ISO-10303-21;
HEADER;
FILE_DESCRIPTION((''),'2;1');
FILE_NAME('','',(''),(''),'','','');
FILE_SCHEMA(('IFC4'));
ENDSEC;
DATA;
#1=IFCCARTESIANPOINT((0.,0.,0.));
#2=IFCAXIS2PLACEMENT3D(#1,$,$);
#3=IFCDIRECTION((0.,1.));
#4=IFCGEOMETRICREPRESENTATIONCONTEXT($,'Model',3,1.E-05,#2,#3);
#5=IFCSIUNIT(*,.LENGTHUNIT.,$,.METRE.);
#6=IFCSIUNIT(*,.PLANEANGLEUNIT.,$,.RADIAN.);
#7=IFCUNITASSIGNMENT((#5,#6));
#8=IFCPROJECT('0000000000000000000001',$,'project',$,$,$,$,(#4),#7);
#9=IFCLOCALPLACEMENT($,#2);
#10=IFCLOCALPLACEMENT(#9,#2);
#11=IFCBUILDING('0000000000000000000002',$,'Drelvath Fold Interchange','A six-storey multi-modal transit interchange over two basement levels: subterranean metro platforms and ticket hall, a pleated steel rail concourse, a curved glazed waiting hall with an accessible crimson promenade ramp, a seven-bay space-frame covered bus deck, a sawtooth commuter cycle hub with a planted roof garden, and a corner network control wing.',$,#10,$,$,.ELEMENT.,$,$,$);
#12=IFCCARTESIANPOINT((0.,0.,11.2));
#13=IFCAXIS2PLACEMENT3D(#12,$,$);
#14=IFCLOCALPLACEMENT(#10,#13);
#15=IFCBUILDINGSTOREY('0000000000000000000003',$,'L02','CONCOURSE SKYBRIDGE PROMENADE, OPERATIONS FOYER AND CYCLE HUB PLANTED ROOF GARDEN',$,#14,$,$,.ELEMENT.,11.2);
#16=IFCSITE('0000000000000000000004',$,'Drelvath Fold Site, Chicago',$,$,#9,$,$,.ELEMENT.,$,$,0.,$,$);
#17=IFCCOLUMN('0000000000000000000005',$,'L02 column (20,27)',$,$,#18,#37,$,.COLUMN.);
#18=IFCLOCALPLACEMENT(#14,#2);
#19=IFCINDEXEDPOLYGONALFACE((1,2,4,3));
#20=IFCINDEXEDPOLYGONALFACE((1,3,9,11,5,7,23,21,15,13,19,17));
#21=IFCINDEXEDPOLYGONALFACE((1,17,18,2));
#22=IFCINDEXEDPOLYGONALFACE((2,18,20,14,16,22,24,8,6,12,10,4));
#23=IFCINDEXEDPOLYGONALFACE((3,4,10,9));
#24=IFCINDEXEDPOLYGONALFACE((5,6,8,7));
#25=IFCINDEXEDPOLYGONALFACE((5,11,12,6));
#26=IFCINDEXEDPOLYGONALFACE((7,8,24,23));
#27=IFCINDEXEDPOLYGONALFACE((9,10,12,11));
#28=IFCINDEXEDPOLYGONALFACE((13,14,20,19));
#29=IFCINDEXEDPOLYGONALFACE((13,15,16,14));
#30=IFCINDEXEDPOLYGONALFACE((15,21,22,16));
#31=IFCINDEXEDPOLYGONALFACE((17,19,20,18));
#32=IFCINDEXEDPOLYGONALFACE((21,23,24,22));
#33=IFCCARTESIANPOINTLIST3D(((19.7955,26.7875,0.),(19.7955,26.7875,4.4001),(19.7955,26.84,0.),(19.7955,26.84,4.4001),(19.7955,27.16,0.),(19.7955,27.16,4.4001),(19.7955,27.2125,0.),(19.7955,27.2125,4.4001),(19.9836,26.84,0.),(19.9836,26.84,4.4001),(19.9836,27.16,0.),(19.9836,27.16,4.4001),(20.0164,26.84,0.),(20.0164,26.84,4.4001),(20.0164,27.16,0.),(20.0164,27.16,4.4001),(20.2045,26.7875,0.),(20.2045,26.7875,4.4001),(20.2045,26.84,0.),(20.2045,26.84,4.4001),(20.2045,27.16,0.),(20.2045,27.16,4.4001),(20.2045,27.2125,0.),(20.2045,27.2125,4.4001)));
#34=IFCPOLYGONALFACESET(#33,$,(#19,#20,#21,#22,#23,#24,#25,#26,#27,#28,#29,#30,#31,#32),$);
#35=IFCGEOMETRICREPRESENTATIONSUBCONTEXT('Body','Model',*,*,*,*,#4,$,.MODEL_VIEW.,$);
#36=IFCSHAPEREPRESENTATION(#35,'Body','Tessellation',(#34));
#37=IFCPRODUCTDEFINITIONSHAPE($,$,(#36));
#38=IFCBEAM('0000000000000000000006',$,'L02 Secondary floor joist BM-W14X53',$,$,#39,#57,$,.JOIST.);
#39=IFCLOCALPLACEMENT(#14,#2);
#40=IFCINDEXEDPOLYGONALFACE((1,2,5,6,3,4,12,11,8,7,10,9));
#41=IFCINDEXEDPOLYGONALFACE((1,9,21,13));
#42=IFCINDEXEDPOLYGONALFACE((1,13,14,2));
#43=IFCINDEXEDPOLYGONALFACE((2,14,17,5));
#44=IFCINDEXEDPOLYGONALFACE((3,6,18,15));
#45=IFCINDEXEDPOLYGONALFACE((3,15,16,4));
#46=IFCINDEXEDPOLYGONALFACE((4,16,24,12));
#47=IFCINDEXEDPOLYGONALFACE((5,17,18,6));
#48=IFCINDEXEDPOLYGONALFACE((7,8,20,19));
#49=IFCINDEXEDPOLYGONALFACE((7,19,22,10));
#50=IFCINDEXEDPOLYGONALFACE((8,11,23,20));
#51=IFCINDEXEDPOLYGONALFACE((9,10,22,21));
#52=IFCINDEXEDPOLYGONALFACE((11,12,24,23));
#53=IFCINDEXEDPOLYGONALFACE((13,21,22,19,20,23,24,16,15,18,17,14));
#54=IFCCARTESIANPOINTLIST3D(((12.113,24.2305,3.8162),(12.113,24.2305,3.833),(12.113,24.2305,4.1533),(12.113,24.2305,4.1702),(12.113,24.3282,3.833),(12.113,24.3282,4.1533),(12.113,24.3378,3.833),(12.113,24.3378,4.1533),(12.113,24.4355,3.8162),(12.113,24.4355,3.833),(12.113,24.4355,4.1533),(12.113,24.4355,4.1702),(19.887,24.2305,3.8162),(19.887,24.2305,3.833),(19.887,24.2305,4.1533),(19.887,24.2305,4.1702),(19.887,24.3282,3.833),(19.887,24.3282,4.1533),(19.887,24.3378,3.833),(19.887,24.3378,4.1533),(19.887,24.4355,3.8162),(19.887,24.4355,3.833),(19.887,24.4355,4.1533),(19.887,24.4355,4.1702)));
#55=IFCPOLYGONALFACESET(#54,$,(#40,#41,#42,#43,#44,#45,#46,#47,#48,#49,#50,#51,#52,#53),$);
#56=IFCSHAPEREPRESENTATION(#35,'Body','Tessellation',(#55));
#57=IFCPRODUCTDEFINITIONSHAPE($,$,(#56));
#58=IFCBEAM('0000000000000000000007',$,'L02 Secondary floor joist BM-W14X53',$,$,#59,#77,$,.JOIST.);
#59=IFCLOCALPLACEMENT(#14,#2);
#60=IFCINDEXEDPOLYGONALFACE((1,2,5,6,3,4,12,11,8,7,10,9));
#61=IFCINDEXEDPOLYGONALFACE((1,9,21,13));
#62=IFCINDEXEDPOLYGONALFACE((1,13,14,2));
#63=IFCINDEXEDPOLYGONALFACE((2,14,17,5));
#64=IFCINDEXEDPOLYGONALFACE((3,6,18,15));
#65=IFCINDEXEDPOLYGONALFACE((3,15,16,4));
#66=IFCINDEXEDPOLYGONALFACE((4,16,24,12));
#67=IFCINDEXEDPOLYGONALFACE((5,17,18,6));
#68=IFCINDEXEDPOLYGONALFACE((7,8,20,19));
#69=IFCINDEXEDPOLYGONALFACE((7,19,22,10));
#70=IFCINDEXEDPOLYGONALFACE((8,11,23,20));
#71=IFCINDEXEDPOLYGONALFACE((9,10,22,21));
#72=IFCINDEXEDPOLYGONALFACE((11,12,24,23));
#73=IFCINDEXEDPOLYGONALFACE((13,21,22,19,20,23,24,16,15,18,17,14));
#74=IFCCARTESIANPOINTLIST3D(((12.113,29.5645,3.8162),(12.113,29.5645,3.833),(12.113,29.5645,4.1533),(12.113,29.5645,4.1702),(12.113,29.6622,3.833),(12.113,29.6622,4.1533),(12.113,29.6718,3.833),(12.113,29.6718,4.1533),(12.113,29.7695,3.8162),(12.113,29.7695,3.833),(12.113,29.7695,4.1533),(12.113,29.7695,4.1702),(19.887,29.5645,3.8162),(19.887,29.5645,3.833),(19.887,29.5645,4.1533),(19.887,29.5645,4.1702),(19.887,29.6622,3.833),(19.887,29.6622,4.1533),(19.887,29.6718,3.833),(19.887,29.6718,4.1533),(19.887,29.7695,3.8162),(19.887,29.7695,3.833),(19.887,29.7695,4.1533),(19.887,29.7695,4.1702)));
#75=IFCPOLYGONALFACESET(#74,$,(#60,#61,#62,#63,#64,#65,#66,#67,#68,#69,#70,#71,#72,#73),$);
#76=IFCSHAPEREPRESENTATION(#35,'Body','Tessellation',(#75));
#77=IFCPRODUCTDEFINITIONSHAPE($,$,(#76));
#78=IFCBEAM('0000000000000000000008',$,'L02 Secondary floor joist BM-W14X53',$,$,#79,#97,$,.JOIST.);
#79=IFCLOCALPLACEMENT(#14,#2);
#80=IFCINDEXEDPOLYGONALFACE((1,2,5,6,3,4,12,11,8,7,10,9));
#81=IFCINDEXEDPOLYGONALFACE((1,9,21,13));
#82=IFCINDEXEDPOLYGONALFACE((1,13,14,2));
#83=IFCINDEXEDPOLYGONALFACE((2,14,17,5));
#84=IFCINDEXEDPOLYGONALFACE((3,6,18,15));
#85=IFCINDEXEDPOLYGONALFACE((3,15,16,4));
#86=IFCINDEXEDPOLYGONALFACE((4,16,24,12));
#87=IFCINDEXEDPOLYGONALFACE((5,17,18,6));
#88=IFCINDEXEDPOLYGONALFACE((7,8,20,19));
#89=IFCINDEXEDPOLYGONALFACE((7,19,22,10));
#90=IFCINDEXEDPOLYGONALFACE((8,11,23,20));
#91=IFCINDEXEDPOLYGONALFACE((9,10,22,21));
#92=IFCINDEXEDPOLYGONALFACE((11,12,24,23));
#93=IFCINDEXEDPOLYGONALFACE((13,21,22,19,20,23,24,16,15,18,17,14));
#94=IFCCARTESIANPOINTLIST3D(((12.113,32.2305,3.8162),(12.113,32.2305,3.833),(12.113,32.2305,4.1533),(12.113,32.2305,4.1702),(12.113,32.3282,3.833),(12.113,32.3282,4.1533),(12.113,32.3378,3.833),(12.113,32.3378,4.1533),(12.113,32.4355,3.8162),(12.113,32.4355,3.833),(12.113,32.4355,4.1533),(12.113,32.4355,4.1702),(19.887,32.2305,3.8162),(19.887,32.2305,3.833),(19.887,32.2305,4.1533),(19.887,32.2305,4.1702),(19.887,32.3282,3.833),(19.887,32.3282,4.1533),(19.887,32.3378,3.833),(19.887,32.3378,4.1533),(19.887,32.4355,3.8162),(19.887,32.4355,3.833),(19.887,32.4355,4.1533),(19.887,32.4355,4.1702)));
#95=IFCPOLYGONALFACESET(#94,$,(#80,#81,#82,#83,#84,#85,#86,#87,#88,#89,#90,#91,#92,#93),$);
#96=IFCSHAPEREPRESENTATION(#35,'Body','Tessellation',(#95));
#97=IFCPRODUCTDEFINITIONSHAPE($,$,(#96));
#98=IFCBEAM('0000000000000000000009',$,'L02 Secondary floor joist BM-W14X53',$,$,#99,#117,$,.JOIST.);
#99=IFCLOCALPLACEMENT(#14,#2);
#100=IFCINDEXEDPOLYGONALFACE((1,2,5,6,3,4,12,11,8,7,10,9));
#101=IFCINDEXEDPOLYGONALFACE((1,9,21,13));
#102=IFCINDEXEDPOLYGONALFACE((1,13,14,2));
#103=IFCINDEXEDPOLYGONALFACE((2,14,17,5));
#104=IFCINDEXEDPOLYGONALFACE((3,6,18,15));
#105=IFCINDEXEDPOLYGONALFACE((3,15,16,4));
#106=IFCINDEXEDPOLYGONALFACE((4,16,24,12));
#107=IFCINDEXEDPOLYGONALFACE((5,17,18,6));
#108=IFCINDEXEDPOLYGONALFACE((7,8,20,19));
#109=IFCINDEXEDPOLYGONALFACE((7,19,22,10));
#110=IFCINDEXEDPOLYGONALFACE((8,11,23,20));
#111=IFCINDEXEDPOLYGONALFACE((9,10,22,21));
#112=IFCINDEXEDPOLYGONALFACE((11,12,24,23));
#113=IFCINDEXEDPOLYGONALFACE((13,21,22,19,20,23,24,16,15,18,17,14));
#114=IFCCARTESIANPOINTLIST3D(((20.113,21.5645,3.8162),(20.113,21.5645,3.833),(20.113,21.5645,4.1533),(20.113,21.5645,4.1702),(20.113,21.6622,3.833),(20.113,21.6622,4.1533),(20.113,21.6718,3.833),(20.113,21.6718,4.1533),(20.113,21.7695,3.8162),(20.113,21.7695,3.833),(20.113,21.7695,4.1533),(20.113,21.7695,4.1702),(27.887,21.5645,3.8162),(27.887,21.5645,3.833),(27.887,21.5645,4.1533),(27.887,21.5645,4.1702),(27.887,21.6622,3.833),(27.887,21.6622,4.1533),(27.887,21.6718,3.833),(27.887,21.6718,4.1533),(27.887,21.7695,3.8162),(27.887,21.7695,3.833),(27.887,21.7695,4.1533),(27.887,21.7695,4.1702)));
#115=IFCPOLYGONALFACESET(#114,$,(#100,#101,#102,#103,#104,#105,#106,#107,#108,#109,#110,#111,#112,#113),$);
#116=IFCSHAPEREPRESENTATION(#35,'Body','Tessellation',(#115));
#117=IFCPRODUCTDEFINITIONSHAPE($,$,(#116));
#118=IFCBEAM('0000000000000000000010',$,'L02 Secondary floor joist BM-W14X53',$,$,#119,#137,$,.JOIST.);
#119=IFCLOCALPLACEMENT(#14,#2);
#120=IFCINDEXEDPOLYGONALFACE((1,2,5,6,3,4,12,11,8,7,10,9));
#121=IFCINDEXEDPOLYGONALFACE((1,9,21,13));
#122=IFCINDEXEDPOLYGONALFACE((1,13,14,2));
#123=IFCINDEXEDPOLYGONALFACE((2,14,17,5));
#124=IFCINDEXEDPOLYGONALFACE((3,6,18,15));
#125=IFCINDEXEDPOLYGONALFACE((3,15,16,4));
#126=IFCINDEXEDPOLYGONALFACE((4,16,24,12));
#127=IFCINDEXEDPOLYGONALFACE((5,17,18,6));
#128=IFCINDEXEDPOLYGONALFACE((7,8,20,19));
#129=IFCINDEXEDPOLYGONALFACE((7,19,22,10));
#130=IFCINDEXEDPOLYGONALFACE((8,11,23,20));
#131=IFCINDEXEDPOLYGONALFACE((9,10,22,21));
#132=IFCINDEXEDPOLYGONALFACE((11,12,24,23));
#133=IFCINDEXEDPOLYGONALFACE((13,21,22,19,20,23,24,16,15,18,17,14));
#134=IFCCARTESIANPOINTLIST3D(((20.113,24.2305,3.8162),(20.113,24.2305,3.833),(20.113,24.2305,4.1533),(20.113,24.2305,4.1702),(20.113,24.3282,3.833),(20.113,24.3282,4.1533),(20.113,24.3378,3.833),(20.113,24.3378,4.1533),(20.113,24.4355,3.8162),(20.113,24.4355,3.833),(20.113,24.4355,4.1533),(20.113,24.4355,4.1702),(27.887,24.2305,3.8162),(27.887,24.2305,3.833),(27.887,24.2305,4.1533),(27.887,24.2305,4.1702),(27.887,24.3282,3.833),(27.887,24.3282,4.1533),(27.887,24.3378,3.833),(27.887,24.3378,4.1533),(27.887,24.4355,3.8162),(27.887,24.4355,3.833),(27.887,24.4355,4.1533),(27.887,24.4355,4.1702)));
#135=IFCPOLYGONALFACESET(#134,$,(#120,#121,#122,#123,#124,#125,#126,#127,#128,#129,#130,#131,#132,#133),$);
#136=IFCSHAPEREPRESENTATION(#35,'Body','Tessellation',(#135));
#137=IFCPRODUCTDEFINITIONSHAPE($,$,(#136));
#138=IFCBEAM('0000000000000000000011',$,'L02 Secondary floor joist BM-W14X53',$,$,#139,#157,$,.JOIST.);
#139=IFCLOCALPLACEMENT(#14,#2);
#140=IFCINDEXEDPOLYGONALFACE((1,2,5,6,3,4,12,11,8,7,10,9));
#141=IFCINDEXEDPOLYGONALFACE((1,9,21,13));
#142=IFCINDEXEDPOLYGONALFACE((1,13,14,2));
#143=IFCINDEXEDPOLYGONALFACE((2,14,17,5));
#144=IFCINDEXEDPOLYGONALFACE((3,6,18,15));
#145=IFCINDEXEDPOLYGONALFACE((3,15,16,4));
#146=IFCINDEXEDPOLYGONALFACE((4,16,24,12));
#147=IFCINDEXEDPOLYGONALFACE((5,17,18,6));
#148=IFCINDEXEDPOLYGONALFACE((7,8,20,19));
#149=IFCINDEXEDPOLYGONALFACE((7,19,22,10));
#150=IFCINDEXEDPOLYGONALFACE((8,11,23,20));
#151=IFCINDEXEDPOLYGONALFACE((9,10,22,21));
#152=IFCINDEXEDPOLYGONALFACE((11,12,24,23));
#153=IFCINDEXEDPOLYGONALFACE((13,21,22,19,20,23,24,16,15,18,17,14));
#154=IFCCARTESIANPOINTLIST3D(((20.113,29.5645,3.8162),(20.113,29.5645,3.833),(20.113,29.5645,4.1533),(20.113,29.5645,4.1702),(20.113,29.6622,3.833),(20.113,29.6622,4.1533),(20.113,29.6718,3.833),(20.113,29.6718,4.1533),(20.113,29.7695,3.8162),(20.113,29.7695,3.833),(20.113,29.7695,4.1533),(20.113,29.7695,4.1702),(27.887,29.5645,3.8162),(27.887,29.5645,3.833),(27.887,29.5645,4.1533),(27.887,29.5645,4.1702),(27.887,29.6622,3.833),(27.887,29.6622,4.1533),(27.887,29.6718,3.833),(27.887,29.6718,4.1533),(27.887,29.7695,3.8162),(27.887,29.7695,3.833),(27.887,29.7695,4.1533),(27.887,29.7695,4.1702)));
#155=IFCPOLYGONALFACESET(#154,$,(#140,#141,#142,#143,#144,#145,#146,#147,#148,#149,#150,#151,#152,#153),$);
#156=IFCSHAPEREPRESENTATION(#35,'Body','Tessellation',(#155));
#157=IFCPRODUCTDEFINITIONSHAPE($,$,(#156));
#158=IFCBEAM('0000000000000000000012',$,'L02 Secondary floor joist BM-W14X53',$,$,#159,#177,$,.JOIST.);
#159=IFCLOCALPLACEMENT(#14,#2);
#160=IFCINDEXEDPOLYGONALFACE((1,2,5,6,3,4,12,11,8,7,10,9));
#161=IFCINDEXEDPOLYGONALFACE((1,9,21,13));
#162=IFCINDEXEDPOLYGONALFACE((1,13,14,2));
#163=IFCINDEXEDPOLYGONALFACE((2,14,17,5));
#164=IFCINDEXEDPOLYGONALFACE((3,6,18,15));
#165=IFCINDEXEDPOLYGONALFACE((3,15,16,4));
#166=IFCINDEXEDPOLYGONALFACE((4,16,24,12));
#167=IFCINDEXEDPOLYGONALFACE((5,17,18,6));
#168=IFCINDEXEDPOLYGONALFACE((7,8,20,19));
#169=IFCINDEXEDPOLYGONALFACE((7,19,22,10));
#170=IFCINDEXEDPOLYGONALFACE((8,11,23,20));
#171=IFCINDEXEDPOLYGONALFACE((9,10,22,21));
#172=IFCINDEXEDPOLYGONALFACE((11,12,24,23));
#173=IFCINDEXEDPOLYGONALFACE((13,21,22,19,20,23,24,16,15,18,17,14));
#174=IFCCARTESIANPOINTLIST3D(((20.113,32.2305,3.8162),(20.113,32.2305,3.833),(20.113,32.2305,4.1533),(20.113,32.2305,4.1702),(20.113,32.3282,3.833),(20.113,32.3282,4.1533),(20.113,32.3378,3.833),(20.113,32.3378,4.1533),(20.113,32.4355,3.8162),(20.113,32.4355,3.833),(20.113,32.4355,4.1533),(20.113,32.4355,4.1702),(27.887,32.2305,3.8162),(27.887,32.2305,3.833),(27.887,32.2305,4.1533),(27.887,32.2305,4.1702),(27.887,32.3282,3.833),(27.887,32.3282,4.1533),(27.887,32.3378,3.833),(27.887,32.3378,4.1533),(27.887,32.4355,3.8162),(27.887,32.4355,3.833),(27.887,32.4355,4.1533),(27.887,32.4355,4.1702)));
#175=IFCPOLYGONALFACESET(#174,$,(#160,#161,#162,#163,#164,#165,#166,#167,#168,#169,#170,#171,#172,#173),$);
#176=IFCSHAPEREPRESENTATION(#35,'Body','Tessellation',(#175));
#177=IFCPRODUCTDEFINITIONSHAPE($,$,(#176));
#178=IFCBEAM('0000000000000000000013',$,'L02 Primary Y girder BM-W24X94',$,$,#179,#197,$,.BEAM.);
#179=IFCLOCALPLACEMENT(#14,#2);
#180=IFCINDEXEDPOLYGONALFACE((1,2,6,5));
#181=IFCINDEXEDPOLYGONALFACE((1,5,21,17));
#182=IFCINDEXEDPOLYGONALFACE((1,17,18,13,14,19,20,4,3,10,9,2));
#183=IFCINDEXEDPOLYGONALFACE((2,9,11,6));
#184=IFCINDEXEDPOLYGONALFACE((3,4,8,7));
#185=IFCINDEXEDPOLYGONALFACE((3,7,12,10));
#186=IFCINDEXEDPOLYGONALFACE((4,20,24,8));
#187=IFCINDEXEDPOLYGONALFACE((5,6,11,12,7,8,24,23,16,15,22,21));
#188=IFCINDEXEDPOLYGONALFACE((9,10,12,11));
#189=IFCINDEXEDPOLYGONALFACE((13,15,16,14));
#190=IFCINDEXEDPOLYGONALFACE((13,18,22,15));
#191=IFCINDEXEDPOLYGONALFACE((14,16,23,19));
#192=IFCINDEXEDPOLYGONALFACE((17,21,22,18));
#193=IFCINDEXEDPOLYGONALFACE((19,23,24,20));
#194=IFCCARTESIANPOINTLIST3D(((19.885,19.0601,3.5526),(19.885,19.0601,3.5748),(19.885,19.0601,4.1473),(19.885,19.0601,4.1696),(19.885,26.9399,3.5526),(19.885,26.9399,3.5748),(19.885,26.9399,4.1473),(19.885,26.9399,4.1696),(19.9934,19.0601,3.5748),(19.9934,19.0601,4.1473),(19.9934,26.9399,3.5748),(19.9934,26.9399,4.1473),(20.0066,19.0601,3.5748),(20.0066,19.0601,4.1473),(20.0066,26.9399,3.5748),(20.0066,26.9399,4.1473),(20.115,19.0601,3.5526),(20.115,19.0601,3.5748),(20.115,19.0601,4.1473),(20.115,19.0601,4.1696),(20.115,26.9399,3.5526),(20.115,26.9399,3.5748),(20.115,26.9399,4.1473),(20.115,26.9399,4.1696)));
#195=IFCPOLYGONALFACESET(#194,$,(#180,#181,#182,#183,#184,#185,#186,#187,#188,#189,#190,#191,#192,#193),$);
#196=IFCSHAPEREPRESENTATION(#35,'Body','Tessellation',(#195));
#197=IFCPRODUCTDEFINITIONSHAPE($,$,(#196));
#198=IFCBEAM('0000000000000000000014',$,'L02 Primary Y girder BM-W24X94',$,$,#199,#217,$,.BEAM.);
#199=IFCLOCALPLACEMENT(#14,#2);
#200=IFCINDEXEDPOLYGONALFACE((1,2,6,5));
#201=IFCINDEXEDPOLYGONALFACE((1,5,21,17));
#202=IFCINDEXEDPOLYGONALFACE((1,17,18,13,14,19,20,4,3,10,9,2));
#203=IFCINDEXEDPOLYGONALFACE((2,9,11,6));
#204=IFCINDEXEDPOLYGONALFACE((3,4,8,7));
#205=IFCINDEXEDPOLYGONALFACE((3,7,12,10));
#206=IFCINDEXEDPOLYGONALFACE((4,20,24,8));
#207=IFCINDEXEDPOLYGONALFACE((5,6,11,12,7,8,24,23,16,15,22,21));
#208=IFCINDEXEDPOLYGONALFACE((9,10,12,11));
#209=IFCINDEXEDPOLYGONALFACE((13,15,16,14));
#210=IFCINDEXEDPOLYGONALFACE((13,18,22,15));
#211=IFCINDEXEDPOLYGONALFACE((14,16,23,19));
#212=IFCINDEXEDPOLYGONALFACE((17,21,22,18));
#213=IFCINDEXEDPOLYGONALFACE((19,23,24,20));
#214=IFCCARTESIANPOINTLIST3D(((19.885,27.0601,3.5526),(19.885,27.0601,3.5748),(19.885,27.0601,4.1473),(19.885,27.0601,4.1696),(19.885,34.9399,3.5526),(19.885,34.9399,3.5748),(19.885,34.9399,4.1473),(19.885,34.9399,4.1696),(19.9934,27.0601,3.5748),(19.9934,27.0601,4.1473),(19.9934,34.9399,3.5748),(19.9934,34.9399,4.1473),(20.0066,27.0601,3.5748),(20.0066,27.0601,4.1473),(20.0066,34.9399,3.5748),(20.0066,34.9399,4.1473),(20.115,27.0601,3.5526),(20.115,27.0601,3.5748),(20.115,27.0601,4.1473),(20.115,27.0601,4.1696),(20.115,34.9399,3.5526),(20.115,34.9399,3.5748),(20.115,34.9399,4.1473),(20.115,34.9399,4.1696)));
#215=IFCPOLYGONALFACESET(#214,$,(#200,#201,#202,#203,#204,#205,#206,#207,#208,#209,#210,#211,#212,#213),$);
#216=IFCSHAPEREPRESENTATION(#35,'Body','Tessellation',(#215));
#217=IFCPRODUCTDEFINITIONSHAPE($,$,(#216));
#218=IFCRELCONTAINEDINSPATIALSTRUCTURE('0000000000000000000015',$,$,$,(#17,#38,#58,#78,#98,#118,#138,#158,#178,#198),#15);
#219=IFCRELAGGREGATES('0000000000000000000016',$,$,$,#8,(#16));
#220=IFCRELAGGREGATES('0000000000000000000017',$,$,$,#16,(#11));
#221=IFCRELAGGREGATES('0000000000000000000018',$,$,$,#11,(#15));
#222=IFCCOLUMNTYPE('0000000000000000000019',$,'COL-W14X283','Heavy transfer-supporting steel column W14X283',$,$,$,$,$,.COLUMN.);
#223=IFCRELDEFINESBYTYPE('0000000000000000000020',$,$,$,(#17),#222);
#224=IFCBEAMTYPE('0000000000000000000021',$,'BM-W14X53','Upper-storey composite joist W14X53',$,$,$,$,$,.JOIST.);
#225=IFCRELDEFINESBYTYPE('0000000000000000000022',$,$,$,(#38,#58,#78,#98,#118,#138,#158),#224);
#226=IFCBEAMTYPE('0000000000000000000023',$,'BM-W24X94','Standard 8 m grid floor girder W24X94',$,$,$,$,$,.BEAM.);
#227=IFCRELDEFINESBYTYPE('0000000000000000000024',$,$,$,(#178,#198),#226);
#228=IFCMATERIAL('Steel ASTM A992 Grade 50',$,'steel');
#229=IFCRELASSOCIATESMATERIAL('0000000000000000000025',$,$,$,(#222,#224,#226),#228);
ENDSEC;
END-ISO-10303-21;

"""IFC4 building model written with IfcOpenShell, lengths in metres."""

from ifc_helpers import new_model, si_unit, direction, frame, origin, origin_2d, place, context, subcontext, project, spatial, i_section, extrude, material, material_profile, profile_set, type_object, element, save


model = new_model("IFC4")

# Units and contexts
model_context = context("Model", 3, precision=1e-05, world=origin(), true_north=direction((0.0, 1.0)))
body_context = subcontext(model_context, "Body", "Model", "MODEL_VIEW")
ifc_project = project(units=[si_unit("LENGTHUNIT", "METRE"), si_unit("PLANEANGLEUNIT", "RADIAN")], contexts=[model_context])

# Site, building, storey
site_placement = place(None, origin())
site = spatial("IfcSite", under=ifc_project, at=site_placement, Name="Drelvath Fold Site, Chicago", CompositionType="ELEMENT", RefElevation=0.0)
building_placement = place(site_placement, origin())
building = spatial("IfcBuilding", under=site, at=building_placement, Name="Drelvath Fold Interchange", Description="A six-storey multi-modal transit interchange over two basement levels: subterranean metro platforms and ticket hall, a pleated steel rail concourse, a curved glazed waiting hall with an accessible crimson promenade ramp, a seven-bay space-frame covered bus deck, a sawtooth commuter cycle hub with a planted roof garden, and a corner network control wing.", CompositionType="ELEMENT")
storey_placement = place(building_placement, frame((0.0, 0.0, 11.2)))
storey = spatial("IfcBuildingStorey", under=building, at=storey_placement, Name="L02", Description="CONCOURSE SKYBRIDGE PROMENADE, OPERATIONS FOYER AND CYCLE HUB PLANTED ROOF GARDEN", CompositionType="ELEMENT", Elevation=11.2)

# Column
ifc_material_1 = material(Name="Steel ASTM A992 Grade 50", Category="steel")
ifc_material_profile_1 = material_profile(ifc_material_1, i_section(OverallWidth=0.4089, OverallDepth=0.425, WebThickness=0.0327, FlangeThickness=0.0525, at=origin_2d()), Name="W14X283")
ifc_profile_set_1 = profile_set([ifc_material_profile_1], Name="Steel ASTM A992 Grade 50")
column_type = type_object("IfcColumnType", Name="COL-W14X283", Description="Heavy transfer-supporting steel column W14X283", PredefinedType="COLUMN", material=ifc_profile_set_1)
column_placement = place(storey_placement, frame((20.0, 27.0, 0.0), z_axis=(0.0, 0.0, 1.0), x_axis=(1.0, 0.0, 0.0)))
element("IfcColumn", 1, at=column_placement, inside=storey, type_object=column_type, Name="L02 column (20,27)", PredefinedType="COLUMN", context=body_context, shape_type="SweptSolid", body=[
    extrude(i_section(OverallWidth=0.4089, OverallDepth=0.425, WebThickness=0.0327, FlangeThickness=0.0525, at=origin_2d()), origin(), (0.0, 0.0, 1.0), 4.4001),
])

# Beams
ifc_material_profile_2 = material_profile(ifc_material_1, i_section(OverallWidth=0.2051, OverallDepth=0.354, WebThickness=0.0095, FlangeThickness=0.0168, at=origin_2d()), Name="W14X53")
ifc_profile_set_2 = profile_set([ifc_material_profile_2], Name="Steel ASTM A992 Grade 50")
beam_type_1 = type_object("IfcBeamType", Name="BM-W14X53", Description="Upper-storey composite joist W14X53", PredefinedType="JOIST", material=ifc_profile_set_2)
for number, where, z_axis, x_axis, name in (
    (2, (12.113, 24.333, 3.9932), (1.0, 0.0, 0.0), (0.0, 1.0, 0.0), "L02 Secondary floor joist BM-W14X53"),
    (3, (12.113, 29.667, 3.9932), (1.0, 0.0, 0.0), (0.0, 1.0, 0.0), "L02 Secondary floor joist BM-W14X53"),
    (4, (12.113, 32.333, 3.9932), (1.0, 0.0, 0.0), (0.0, 1.0, 0.0), "L02 Secondary floor joist BM-W14X53"),
    (5, (20.113, 21.667, 3.9932), (1.0, 0.0, 0.0), (0.0, 1.0, 0.0), "L02 Secondary floor joist BM-W14X53"),
    (6, (20.113, 24.333, 3.9932), (1.0, 0.0, 0.0), (0.0, 1.0, 0.0), "L02 Secondary floor joist BM-W14X53"),
    (7, (20.113, 29.667, 3.9932), (1.0, 0.0, 0.0), (0.0, 1.0, 0.0), "L02 Secondary floor joist BM-W14X53"),
    (8, (20.113, 32.333, 3.9932), (1.0, 0.0, 0.0), (0.0, 1.0, 0.0), "L02 Secondary floor joist BM-W14X53"),
):
    element("IfcBeam", number, at=place(storey_placement, frame(where, z_axis=z_axis, x_axis=x_axis)), inside=storey, type_object=beam_type_1, Name=name, PredefinedType="JOIST", context=body_context, shape_type="SweptSolid", body=[
        extrude(i_section(OverallWidth=0.2051, OverallDepth=0.354, WebThickness=0.0095, FlangeThickness=0.0168, at=origin_2d()), origin(), (0.0, 0.0, 1.0), 7.7739),
    ])
ifc_material_profile_3 = material_profile(ifc_material_1, i_section(OverallWidth=0.23, OverallDepth=0.6169, WebThickness=0.0132, FlangeThickness=0.0222, at=origin_2d()), Name="W24X94")
ifc_profile_set_3 = profile_set([ifc_material_profile_3], Name="Steel ASTM A992 Grade 50")
beam_type_2 = type_object("IfcBeamType", Name="BM-W24X94", Description="Standard 8 m grid floor girder W24X94", PredefinedType="BEAM", material=ifc_profile_set_3)
for number, where, z_axis, x_axis, name in (
    (9, (20.0, 19.0601, 3.8611), (0.0, 1.0, 0.0), (-1.0, 0.0, 0.0), "L02 Primary Y girder BM-W24X94"),
    (10, (20.0, 27.0601, 3.8611), (0.0, 1.0, 0.0), (-1.0, 0.0, 0.0), "L02 Primary Y girder BM-W24X94"),
):
    element("IfcBeam", number, at=place(storey_placement, frame(where, z_axis=z_axis, x_axis=x_axis)), inside=storey, type_object=beam_type_2, Name=name, PredefinedType="BEAM", context=body_context, shape_type="SweptSolid", body=[
        extrude(i_section(OverallWidth=0.23, OverallDepth=0.6169, WebThickness=0.0132, FlangeThickness=0.0222, at=origin_2d()), origin(), (0.0, 0.0, 1.0), 7.8799),
    ])

save(model, "model.ifc")
